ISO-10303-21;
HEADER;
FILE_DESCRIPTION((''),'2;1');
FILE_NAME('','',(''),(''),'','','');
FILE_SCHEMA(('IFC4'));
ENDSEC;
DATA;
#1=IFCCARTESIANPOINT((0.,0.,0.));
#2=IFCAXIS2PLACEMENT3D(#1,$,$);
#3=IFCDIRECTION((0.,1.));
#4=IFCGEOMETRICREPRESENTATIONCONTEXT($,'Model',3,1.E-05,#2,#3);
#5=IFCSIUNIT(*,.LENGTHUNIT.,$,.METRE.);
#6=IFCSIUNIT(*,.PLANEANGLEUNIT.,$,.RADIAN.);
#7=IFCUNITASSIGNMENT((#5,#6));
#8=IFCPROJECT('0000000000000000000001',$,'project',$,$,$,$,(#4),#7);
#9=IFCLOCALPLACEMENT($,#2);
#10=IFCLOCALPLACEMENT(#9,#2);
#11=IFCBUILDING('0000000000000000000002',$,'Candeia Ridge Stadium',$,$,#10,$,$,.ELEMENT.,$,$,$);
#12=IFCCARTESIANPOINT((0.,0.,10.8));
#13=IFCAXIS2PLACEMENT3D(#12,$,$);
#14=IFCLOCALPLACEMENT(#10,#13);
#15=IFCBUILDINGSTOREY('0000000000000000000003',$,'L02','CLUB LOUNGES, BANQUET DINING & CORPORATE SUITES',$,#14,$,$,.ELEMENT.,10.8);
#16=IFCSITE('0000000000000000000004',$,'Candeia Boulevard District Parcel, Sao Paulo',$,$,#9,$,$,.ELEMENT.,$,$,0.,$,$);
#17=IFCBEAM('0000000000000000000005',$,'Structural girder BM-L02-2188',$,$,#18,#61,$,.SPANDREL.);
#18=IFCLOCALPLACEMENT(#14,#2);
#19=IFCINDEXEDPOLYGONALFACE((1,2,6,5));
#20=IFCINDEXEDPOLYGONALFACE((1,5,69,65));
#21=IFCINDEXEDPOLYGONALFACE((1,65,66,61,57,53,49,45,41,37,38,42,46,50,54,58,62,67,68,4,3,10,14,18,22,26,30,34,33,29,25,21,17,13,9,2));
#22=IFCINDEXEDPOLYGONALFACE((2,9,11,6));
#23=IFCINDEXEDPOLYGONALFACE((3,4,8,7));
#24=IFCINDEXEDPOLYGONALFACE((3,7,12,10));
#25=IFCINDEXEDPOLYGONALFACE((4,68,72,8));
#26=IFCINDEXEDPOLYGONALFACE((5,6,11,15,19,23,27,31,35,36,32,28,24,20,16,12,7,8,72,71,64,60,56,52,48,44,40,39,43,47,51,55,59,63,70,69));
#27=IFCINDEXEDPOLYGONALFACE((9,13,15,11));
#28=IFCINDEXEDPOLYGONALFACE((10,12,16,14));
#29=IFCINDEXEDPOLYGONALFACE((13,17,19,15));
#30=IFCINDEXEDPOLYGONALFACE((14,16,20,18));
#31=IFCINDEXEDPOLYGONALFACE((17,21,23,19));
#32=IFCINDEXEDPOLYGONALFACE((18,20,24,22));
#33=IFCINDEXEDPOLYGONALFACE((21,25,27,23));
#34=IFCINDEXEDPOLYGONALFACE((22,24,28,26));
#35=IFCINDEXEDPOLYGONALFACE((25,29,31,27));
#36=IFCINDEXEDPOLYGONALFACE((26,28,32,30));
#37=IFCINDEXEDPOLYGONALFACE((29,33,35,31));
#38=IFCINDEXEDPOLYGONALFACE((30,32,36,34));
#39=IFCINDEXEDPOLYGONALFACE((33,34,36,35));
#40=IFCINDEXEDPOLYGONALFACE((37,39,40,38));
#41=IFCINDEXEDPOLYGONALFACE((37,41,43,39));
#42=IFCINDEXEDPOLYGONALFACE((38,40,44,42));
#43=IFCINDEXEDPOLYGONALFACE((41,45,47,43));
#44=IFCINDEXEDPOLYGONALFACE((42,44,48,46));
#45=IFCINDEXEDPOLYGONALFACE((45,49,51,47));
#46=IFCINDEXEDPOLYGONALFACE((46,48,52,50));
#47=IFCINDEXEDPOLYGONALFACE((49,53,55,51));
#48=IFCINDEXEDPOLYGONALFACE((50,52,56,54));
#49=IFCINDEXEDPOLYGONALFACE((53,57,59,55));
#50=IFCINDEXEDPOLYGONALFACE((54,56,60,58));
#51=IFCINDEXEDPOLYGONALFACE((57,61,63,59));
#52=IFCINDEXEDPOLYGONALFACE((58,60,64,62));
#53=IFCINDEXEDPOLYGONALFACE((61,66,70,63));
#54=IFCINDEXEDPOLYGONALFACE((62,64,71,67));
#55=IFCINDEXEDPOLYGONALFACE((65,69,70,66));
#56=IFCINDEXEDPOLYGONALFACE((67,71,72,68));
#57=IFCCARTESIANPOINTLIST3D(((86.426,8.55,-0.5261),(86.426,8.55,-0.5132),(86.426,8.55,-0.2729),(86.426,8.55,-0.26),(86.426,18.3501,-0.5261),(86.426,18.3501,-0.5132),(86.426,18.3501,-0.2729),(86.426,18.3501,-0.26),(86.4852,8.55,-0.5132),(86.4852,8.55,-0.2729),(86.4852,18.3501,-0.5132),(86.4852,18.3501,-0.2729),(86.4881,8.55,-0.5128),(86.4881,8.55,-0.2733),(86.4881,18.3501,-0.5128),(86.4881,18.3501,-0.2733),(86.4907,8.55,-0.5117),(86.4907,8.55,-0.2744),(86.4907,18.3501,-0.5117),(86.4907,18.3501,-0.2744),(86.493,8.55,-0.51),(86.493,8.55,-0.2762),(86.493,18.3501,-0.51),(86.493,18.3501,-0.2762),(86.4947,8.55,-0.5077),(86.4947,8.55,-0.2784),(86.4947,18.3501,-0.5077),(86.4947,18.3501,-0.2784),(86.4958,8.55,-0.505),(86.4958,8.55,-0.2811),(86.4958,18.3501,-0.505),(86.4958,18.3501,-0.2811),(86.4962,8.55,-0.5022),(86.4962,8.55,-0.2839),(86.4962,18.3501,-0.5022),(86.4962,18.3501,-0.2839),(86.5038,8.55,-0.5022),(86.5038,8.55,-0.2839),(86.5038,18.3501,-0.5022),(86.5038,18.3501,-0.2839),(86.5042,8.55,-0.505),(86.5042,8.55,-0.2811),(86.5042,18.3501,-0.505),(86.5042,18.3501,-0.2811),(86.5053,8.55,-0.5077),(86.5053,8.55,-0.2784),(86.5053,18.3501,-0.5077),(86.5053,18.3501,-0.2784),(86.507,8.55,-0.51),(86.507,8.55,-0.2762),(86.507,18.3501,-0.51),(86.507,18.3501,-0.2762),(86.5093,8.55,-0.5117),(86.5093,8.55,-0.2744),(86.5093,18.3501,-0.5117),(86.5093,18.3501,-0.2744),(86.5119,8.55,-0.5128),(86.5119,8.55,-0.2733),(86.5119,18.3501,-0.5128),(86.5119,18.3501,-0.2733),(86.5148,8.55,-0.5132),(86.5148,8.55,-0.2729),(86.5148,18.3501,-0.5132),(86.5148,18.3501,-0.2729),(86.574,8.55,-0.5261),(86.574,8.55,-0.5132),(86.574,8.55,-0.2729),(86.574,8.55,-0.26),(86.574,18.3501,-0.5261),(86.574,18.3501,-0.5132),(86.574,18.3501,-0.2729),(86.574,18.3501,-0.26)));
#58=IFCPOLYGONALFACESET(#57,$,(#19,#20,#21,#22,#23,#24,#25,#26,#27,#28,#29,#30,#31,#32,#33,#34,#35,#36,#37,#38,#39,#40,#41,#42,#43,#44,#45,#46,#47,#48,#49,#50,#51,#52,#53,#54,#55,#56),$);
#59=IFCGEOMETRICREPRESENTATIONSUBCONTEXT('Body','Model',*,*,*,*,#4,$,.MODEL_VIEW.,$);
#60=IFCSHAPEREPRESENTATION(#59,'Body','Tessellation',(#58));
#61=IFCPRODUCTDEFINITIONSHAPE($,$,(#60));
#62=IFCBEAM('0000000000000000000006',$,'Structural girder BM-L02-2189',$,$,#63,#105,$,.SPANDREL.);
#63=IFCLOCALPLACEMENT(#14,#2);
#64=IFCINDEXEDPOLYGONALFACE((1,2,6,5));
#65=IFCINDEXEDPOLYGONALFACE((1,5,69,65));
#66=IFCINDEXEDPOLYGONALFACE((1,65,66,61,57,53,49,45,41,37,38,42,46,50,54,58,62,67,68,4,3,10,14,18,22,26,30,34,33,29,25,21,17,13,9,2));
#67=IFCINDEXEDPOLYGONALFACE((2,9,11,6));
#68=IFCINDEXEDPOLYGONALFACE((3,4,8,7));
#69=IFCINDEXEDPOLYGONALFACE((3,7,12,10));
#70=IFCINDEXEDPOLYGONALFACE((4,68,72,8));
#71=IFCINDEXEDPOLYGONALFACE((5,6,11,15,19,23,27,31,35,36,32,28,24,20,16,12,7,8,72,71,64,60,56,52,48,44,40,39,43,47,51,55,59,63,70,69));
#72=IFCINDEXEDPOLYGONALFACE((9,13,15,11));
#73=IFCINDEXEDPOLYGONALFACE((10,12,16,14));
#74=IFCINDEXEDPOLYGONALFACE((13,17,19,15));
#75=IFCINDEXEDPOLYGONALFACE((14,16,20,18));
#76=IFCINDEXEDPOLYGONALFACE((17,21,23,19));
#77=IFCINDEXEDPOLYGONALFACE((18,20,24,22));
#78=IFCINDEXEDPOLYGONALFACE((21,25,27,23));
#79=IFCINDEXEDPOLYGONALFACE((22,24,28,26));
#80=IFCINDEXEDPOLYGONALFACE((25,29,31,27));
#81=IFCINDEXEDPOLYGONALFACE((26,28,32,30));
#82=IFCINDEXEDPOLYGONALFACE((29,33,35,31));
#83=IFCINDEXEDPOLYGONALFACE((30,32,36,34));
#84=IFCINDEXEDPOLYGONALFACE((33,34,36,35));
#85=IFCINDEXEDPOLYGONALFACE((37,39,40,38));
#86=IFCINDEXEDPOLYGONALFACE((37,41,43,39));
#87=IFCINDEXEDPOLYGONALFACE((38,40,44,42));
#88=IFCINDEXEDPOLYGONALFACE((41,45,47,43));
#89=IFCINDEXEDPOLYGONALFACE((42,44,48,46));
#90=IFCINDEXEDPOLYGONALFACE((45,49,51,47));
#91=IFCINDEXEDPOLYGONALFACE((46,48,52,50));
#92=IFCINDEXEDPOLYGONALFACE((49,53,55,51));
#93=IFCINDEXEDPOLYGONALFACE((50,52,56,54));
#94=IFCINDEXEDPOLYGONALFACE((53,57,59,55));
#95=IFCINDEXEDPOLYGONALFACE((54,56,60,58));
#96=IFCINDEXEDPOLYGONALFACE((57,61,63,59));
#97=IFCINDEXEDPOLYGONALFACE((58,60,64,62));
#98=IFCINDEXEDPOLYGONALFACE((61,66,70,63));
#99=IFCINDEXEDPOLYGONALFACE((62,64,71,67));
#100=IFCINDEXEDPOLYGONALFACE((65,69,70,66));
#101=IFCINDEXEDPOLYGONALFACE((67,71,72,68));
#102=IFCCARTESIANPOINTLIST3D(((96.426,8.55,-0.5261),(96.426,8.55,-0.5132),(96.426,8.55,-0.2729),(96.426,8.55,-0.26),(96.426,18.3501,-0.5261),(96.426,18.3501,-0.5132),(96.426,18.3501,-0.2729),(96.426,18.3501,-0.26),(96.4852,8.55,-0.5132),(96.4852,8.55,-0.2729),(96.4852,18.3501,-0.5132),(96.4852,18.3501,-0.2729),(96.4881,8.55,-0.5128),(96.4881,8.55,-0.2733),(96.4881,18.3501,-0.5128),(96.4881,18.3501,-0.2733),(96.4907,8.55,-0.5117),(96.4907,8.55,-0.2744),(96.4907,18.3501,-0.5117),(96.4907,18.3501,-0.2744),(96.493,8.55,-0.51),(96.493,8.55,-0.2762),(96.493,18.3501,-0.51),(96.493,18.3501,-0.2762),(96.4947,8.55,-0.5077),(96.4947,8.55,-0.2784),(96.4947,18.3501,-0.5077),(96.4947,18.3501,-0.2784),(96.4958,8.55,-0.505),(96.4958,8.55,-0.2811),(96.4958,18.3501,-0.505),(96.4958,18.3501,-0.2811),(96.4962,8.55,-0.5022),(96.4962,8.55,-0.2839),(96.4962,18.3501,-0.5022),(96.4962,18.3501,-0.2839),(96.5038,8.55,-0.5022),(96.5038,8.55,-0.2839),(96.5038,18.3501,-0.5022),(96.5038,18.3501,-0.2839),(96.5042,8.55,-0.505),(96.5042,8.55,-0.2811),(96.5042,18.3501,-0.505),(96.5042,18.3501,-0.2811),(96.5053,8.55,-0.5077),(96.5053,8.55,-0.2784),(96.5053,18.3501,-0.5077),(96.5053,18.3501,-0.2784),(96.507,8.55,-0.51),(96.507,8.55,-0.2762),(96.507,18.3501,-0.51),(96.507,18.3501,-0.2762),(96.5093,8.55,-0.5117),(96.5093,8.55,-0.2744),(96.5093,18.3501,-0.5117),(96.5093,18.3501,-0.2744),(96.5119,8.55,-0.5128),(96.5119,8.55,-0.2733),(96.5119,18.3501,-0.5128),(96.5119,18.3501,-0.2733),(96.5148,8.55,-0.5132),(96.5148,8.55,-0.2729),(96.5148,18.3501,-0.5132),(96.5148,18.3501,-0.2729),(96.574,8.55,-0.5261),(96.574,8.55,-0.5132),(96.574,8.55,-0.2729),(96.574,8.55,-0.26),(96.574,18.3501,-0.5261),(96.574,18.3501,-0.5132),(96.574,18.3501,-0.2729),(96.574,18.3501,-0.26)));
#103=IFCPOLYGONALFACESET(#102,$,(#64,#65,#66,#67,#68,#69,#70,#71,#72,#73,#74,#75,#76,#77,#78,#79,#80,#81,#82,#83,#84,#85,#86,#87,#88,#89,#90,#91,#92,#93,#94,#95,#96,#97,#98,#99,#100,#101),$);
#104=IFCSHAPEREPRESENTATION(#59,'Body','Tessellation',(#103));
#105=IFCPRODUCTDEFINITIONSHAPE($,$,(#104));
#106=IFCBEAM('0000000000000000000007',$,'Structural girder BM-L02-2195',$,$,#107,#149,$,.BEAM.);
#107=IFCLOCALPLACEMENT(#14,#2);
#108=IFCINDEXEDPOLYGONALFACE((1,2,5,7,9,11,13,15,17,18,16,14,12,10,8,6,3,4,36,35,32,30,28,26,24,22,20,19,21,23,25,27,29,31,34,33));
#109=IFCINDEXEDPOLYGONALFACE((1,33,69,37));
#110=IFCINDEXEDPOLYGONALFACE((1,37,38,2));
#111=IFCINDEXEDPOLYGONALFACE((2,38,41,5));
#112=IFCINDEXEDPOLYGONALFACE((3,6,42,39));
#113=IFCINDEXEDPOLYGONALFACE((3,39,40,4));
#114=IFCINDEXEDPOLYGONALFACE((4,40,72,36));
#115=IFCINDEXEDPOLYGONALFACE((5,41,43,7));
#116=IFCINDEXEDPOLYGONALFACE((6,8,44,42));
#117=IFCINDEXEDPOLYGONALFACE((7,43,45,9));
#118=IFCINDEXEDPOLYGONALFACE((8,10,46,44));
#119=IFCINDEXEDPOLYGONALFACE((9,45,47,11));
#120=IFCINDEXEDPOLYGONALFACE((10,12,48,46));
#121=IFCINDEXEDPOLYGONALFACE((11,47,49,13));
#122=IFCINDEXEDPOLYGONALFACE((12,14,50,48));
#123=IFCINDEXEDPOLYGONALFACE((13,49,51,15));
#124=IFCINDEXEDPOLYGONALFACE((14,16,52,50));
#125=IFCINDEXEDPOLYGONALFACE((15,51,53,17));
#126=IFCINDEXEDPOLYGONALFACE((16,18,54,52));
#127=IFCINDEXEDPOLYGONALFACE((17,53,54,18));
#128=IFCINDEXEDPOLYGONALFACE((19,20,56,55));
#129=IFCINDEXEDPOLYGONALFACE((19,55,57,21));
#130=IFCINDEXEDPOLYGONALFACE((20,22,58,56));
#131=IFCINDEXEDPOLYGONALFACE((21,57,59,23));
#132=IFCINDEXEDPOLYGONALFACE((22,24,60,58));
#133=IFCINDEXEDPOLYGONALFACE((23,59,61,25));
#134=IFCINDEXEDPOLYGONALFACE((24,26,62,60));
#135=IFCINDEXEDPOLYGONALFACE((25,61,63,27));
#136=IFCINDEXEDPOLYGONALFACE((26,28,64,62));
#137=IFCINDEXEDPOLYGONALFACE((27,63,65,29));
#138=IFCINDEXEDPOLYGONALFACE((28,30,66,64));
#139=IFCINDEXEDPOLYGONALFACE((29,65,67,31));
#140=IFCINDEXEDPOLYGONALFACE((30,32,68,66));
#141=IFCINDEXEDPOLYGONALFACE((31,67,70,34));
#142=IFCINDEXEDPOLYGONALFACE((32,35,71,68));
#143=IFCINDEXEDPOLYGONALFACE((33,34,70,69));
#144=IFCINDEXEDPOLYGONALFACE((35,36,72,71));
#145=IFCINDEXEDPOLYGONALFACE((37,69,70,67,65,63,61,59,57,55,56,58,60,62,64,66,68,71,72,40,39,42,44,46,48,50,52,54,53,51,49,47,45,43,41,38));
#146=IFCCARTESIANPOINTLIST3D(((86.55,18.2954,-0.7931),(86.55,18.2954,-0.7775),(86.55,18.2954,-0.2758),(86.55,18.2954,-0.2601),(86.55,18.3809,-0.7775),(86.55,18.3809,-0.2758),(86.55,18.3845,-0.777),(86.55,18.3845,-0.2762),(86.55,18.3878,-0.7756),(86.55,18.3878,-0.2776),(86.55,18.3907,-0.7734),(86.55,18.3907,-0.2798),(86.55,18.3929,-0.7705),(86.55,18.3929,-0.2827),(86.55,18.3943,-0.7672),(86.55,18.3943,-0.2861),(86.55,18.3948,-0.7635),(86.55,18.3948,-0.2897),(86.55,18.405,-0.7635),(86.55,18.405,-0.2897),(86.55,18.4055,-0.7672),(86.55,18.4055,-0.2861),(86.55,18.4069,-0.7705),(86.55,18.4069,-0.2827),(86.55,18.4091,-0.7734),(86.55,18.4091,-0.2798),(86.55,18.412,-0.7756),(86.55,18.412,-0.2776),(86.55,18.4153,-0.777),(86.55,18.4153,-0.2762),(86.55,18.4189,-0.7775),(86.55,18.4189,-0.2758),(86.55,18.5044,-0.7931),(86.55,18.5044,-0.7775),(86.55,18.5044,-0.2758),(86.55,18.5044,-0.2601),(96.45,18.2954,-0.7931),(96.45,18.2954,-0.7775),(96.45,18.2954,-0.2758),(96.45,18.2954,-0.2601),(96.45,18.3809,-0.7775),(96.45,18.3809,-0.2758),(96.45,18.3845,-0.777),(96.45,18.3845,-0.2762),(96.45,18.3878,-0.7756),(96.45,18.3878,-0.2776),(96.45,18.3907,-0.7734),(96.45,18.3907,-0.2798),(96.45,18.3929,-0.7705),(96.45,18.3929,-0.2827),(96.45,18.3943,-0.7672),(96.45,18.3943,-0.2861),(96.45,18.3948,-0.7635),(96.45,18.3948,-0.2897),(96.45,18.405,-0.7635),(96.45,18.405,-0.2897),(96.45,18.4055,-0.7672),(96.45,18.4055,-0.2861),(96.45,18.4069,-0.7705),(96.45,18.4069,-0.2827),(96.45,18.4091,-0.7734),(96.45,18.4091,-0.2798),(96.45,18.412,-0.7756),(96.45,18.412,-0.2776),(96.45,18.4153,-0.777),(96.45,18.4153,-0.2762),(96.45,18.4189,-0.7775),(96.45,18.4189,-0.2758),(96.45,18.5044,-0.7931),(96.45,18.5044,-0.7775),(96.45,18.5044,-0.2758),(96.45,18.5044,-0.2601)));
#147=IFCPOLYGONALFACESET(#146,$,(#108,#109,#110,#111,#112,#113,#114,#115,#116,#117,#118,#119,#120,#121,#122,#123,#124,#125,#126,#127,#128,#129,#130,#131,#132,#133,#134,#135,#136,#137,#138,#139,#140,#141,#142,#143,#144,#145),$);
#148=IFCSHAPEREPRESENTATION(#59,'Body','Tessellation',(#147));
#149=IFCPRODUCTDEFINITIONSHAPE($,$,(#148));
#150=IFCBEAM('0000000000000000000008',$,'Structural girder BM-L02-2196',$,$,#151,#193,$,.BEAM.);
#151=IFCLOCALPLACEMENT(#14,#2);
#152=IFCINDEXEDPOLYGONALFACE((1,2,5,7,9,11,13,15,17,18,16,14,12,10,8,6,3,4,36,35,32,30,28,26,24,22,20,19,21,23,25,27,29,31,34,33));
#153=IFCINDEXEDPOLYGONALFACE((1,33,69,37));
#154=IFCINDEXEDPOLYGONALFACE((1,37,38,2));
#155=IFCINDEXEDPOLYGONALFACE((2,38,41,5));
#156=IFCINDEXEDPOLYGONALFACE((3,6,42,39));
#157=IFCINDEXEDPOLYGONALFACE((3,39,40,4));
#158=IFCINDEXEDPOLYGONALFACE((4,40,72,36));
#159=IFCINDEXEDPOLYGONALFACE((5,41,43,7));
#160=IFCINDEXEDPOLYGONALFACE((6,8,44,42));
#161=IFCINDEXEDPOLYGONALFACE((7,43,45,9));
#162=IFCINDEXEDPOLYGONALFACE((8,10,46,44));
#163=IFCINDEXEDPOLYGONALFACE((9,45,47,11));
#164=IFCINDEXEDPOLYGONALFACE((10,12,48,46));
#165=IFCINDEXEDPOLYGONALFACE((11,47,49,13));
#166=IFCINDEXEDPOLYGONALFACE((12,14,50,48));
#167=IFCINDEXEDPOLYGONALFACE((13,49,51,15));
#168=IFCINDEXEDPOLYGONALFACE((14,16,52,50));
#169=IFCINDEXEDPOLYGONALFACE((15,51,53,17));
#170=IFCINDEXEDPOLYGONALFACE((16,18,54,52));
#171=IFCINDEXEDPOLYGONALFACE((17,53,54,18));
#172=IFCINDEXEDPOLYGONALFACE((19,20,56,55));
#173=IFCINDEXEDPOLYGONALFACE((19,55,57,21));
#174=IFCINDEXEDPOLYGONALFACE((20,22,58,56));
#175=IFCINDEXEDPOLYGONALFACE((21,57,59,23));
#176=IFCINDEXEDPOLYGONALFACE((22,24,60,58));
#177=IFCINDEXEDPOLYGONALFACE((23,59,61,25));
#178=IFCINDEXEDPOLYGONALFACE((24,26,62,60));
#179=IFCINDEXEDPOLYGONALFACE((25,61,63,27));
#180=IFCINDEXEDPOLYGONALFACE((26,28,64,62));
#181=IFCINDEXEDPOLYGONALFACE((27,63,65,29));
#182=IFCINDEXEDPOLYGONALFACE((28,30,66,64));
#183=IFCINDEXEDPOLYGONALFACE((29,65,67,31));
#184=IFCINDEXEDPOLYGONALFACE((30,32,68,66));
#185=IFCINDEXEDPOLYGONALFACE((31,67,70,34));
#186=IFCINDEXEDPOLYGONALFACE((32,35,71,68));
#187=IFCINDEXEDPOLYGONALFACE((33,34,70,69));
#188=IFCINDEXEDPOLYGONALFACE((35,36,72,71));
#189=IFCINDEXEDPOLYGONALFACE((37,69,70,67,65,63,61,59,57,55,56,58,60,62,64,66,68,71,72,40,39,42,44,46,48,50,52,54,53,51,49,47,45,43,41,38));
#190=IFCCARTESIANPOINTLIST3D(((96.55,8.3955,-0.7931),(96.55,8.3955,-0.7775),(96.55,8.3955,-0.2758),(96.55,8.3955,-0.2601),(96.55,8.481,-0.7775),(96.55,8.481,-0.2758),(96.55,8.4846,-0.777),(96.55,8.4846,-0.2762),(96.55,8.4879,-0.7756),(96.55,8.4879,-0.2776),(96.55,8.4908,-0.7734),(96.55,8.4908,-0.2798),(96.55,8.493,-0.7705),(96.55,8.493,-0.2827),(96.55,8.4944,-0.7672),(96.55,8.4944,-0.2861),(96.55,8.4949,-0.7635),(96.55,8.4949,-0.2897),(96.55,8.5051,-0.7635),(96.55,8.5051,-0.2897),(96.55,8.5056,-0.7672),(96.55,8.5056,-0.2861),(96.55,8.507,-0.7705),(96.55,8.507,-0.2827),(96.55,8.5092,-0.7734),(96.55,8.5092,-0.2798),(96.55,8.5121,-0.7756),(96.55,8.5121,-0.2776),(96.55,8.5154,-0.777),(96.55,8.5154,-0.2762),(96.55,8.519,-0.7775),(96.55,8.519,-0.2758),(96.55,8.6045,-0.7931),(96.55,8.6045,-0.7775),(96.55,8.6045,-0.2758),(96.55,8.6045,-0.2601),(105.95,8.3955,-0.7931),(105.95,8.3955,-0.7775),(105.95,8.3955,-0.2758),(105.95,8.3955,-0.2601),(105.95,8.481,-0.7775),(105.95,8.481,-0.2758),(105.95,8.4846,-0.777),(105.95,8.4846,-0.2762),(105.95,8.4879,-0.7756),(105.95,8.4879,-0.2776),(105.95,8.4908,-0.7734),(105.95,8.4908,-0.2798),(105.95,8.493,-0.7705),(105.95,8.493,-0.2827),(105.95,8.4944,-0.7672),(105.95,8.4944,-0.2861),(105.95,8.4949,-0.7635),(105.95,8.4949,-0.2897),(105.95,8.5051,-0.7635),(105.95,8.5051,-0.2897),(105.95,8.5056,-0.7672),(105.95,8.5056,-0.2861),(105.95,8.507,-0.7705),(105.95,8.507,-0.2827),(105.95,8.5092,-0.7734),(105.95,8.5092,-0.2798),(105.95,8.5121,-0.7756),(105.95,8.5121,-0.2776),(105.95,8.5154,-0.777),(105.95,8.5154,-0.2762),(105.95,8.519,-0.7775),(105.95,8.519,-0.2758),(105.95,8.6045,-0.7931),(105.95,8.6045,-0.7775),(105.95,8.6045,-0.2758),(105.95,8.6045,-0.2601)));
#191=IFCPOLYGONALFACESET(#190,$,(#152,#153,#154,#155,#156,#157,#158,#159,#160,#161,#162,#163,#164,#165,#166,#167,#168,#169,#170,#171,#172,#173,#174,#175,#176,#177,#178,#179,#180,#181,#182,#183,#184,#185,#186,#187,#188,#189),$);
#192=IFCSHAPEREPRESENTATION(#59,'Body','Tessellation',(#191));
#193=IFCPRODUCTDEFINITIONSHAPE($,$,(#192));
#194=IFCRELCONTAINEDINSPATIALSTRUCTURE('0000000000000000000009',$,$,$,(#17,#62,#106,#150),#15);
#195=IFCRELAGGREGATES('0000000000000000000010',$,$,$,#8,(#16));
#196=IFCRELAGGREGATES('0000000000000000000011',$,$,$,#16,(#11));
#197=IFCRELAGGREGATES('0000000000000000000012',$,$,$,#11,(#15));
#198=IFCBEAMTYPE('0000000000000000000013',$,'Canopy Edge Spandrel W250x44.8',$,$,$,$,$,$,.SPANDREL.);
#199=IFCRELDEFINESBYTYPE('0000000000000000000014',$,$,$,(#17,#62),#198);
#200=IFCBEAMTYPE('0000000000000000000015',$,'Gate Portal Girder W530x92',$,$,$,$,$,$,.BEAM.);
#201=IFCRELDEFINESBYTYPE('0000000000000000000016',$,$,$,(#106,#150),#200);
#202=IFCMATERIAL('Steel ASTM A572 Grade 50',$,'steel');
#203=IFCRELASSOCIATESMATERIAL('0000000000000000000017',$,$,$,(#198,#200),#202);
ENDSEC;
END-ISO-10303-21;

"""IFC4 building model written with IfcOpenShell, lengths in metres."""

from ifc_helpers import new_model, si_unit, direction, frame, origin, origin_2d, place, context, subcontext, project, spatial, i_section, extrude, material, material_profile, profile_set, type_object, element, save


model = new_model("IFC4")

# Units and contexts
model_context = context("Model", 3, precision=1e-05, world=origin(), true_north=direction((0.0, 1.0)))
body_context = subcontext(model_context, "Body", "Model", "MODEL_VIEW")
ifc_project = project(units=[si_unit("LENGTHUNIT", "METRE"), si_unit("PLANEANGLEUNIT", "RADIAN")], contexts=[model_context])

# Site, building, storey
site_placement = place(None, origin())
site = spatial("IfcSite", under=ifc_project, at=site_placement, Name="Candeia Boulevard District Parcel, Sao Paulo", CompositionType="ELEMENT", RefElevation=0.0)
building_placement = place(site_placement, origin())
building = spatial("IfcBuilding", under=site, at=building_placement, Name="Candeia Ridge Stadium", CompositionType="ELEMENT")
storey_placement = place(building_placement, frame((0.0, 0.0, 10.8)))
storey = spatial("IfcBuildingStorey", under=building, at=storey_placement, Name="L02", Description="CLUB LOUNGES, BANQUET DINING & CORPORATE SUITES", CompositionType="ELEMENT", Elevation=10.8)

# Shared definitions
ifc_material_1 = material(Name="Steel ASTM A572 Grade 50", Category="steel")

# Beams
ifc_material_profile_1 = material_profile(ifc_material_1, i_section(OverallWidth=0.1479, OverallDepth=0.2661, WebThickness=0.0076, FlangeThickness=0.0129, FilletRadius=0.011, at=origin_2d()), Name="W250x44.8", Category="steel")
ifc_profile_set_1 = profile_set([ifc_material_profile_1], Name="Steel ASTM A572 Grade 50")
beam_type_1 = type_object("IfcBeamType", Name="Canopy Edge Spandrel W250x44.8", PredefinedType="SPANDREL", material=ifc_profile_set_1)
for number, where, z_axis, x_axis, name in (
    (1, (86.5, 8.55, -0.3931), (0.0, 1.0, 0.0), (-1.0, 0.0, 0.0), "Structural girder BM-L02-2188"),
    (2, (96.5, 8.55, -0.3931), (0.0, 1.0, 0.0), (-1.0, 0.0, 0.0), "Structural girder BM-L02-2189"),
):
    element("IfcBeam", number, at=place(storey_placement, frame(where, z_axis=z_axis, x_axis=x_axis)), inside=storey, type_object=beam_type_1, Name=name, PredefinedType="SPANDREL", context=body_context, shape_type="SweptSolid", body=[
        extrude(i_section(OverallWidth=0.1479, OverallDepth=0.2661, WebThickness=0.0076, FlangeThickness=0.0129, FilletRadius=0.011, at=origin_2d()), origin(), (0.0, 0.0, 1.0), 9.8),
    ])
ifc_material_profile_2 = material_profile(ifc_material_1, i_section(OverallWidth=0.209, OverallDepth=0.533, WebThickness=0.0103, FlangeThickness=0.0156, FilletRadius=0.0139, at=origin_2d()), Name="W530x92", Category="steel")
ifc_profile_set_2 = profile_set([ifc_material_profile_2], Name="Steel ASTM A572 Grade 50")
beam_type_2 = type_object("IfcBeamType", Name="Gate Portal Girder W530x92", PredefinedType="BEAM", material=ifc_profile_set_2)
beam_1_placement = place(storey_placement, frame((86.55, 18.3999, -0.5266), z_axis=(1.0, 0.0, 0.0), x_axis=(0.0, 1.0, 0.0)))
element("IfcBeam", 3, at=beam_1_placement, inside=storey, type_object=beam_type_2, Name="Structural girder BM-L02-2195", PredefinedType="BEAM", context=body_context, shape_type="SweptSolid", body=[
    extrude(i_section(OverallWidth=0.209, OverallDepth=0.533, WebThickness=0.0103, FlangeThickness=0.0156, FilletRadius=0.0139, at=origin_2d()), origin(), (0.0, 0.0, 1.0), 9.8999),
])
for number, where, z_axis, x_axis, name in (
    (4, (96.55, 8.5, -0.5266), (1.0, 0.0, 0.0), (0.0, 1.0, 0.0), "Structural girder BM-L02-2196"),
):
    element("IfcBeam", number, at=place(storey_placement, frame(where, z_axis=z_axis, x_axis=x_axis)), inside=storey, type_object=beam_type_2, Name=name, PredefinedType="BEAM", context=body_context, shape_type="SweptSolid", body=[
        extrude(i_section(OverallWidth=0.209, OverallDepth=0.533, WebThickness=0.0103, FlangeThickness=0.0156, FilletRadius=0.0139, at=origin_2d()), origin(), (0.0, 0.0, 1.0), 9.3999),
    ])

save(model, "model.ifc")
